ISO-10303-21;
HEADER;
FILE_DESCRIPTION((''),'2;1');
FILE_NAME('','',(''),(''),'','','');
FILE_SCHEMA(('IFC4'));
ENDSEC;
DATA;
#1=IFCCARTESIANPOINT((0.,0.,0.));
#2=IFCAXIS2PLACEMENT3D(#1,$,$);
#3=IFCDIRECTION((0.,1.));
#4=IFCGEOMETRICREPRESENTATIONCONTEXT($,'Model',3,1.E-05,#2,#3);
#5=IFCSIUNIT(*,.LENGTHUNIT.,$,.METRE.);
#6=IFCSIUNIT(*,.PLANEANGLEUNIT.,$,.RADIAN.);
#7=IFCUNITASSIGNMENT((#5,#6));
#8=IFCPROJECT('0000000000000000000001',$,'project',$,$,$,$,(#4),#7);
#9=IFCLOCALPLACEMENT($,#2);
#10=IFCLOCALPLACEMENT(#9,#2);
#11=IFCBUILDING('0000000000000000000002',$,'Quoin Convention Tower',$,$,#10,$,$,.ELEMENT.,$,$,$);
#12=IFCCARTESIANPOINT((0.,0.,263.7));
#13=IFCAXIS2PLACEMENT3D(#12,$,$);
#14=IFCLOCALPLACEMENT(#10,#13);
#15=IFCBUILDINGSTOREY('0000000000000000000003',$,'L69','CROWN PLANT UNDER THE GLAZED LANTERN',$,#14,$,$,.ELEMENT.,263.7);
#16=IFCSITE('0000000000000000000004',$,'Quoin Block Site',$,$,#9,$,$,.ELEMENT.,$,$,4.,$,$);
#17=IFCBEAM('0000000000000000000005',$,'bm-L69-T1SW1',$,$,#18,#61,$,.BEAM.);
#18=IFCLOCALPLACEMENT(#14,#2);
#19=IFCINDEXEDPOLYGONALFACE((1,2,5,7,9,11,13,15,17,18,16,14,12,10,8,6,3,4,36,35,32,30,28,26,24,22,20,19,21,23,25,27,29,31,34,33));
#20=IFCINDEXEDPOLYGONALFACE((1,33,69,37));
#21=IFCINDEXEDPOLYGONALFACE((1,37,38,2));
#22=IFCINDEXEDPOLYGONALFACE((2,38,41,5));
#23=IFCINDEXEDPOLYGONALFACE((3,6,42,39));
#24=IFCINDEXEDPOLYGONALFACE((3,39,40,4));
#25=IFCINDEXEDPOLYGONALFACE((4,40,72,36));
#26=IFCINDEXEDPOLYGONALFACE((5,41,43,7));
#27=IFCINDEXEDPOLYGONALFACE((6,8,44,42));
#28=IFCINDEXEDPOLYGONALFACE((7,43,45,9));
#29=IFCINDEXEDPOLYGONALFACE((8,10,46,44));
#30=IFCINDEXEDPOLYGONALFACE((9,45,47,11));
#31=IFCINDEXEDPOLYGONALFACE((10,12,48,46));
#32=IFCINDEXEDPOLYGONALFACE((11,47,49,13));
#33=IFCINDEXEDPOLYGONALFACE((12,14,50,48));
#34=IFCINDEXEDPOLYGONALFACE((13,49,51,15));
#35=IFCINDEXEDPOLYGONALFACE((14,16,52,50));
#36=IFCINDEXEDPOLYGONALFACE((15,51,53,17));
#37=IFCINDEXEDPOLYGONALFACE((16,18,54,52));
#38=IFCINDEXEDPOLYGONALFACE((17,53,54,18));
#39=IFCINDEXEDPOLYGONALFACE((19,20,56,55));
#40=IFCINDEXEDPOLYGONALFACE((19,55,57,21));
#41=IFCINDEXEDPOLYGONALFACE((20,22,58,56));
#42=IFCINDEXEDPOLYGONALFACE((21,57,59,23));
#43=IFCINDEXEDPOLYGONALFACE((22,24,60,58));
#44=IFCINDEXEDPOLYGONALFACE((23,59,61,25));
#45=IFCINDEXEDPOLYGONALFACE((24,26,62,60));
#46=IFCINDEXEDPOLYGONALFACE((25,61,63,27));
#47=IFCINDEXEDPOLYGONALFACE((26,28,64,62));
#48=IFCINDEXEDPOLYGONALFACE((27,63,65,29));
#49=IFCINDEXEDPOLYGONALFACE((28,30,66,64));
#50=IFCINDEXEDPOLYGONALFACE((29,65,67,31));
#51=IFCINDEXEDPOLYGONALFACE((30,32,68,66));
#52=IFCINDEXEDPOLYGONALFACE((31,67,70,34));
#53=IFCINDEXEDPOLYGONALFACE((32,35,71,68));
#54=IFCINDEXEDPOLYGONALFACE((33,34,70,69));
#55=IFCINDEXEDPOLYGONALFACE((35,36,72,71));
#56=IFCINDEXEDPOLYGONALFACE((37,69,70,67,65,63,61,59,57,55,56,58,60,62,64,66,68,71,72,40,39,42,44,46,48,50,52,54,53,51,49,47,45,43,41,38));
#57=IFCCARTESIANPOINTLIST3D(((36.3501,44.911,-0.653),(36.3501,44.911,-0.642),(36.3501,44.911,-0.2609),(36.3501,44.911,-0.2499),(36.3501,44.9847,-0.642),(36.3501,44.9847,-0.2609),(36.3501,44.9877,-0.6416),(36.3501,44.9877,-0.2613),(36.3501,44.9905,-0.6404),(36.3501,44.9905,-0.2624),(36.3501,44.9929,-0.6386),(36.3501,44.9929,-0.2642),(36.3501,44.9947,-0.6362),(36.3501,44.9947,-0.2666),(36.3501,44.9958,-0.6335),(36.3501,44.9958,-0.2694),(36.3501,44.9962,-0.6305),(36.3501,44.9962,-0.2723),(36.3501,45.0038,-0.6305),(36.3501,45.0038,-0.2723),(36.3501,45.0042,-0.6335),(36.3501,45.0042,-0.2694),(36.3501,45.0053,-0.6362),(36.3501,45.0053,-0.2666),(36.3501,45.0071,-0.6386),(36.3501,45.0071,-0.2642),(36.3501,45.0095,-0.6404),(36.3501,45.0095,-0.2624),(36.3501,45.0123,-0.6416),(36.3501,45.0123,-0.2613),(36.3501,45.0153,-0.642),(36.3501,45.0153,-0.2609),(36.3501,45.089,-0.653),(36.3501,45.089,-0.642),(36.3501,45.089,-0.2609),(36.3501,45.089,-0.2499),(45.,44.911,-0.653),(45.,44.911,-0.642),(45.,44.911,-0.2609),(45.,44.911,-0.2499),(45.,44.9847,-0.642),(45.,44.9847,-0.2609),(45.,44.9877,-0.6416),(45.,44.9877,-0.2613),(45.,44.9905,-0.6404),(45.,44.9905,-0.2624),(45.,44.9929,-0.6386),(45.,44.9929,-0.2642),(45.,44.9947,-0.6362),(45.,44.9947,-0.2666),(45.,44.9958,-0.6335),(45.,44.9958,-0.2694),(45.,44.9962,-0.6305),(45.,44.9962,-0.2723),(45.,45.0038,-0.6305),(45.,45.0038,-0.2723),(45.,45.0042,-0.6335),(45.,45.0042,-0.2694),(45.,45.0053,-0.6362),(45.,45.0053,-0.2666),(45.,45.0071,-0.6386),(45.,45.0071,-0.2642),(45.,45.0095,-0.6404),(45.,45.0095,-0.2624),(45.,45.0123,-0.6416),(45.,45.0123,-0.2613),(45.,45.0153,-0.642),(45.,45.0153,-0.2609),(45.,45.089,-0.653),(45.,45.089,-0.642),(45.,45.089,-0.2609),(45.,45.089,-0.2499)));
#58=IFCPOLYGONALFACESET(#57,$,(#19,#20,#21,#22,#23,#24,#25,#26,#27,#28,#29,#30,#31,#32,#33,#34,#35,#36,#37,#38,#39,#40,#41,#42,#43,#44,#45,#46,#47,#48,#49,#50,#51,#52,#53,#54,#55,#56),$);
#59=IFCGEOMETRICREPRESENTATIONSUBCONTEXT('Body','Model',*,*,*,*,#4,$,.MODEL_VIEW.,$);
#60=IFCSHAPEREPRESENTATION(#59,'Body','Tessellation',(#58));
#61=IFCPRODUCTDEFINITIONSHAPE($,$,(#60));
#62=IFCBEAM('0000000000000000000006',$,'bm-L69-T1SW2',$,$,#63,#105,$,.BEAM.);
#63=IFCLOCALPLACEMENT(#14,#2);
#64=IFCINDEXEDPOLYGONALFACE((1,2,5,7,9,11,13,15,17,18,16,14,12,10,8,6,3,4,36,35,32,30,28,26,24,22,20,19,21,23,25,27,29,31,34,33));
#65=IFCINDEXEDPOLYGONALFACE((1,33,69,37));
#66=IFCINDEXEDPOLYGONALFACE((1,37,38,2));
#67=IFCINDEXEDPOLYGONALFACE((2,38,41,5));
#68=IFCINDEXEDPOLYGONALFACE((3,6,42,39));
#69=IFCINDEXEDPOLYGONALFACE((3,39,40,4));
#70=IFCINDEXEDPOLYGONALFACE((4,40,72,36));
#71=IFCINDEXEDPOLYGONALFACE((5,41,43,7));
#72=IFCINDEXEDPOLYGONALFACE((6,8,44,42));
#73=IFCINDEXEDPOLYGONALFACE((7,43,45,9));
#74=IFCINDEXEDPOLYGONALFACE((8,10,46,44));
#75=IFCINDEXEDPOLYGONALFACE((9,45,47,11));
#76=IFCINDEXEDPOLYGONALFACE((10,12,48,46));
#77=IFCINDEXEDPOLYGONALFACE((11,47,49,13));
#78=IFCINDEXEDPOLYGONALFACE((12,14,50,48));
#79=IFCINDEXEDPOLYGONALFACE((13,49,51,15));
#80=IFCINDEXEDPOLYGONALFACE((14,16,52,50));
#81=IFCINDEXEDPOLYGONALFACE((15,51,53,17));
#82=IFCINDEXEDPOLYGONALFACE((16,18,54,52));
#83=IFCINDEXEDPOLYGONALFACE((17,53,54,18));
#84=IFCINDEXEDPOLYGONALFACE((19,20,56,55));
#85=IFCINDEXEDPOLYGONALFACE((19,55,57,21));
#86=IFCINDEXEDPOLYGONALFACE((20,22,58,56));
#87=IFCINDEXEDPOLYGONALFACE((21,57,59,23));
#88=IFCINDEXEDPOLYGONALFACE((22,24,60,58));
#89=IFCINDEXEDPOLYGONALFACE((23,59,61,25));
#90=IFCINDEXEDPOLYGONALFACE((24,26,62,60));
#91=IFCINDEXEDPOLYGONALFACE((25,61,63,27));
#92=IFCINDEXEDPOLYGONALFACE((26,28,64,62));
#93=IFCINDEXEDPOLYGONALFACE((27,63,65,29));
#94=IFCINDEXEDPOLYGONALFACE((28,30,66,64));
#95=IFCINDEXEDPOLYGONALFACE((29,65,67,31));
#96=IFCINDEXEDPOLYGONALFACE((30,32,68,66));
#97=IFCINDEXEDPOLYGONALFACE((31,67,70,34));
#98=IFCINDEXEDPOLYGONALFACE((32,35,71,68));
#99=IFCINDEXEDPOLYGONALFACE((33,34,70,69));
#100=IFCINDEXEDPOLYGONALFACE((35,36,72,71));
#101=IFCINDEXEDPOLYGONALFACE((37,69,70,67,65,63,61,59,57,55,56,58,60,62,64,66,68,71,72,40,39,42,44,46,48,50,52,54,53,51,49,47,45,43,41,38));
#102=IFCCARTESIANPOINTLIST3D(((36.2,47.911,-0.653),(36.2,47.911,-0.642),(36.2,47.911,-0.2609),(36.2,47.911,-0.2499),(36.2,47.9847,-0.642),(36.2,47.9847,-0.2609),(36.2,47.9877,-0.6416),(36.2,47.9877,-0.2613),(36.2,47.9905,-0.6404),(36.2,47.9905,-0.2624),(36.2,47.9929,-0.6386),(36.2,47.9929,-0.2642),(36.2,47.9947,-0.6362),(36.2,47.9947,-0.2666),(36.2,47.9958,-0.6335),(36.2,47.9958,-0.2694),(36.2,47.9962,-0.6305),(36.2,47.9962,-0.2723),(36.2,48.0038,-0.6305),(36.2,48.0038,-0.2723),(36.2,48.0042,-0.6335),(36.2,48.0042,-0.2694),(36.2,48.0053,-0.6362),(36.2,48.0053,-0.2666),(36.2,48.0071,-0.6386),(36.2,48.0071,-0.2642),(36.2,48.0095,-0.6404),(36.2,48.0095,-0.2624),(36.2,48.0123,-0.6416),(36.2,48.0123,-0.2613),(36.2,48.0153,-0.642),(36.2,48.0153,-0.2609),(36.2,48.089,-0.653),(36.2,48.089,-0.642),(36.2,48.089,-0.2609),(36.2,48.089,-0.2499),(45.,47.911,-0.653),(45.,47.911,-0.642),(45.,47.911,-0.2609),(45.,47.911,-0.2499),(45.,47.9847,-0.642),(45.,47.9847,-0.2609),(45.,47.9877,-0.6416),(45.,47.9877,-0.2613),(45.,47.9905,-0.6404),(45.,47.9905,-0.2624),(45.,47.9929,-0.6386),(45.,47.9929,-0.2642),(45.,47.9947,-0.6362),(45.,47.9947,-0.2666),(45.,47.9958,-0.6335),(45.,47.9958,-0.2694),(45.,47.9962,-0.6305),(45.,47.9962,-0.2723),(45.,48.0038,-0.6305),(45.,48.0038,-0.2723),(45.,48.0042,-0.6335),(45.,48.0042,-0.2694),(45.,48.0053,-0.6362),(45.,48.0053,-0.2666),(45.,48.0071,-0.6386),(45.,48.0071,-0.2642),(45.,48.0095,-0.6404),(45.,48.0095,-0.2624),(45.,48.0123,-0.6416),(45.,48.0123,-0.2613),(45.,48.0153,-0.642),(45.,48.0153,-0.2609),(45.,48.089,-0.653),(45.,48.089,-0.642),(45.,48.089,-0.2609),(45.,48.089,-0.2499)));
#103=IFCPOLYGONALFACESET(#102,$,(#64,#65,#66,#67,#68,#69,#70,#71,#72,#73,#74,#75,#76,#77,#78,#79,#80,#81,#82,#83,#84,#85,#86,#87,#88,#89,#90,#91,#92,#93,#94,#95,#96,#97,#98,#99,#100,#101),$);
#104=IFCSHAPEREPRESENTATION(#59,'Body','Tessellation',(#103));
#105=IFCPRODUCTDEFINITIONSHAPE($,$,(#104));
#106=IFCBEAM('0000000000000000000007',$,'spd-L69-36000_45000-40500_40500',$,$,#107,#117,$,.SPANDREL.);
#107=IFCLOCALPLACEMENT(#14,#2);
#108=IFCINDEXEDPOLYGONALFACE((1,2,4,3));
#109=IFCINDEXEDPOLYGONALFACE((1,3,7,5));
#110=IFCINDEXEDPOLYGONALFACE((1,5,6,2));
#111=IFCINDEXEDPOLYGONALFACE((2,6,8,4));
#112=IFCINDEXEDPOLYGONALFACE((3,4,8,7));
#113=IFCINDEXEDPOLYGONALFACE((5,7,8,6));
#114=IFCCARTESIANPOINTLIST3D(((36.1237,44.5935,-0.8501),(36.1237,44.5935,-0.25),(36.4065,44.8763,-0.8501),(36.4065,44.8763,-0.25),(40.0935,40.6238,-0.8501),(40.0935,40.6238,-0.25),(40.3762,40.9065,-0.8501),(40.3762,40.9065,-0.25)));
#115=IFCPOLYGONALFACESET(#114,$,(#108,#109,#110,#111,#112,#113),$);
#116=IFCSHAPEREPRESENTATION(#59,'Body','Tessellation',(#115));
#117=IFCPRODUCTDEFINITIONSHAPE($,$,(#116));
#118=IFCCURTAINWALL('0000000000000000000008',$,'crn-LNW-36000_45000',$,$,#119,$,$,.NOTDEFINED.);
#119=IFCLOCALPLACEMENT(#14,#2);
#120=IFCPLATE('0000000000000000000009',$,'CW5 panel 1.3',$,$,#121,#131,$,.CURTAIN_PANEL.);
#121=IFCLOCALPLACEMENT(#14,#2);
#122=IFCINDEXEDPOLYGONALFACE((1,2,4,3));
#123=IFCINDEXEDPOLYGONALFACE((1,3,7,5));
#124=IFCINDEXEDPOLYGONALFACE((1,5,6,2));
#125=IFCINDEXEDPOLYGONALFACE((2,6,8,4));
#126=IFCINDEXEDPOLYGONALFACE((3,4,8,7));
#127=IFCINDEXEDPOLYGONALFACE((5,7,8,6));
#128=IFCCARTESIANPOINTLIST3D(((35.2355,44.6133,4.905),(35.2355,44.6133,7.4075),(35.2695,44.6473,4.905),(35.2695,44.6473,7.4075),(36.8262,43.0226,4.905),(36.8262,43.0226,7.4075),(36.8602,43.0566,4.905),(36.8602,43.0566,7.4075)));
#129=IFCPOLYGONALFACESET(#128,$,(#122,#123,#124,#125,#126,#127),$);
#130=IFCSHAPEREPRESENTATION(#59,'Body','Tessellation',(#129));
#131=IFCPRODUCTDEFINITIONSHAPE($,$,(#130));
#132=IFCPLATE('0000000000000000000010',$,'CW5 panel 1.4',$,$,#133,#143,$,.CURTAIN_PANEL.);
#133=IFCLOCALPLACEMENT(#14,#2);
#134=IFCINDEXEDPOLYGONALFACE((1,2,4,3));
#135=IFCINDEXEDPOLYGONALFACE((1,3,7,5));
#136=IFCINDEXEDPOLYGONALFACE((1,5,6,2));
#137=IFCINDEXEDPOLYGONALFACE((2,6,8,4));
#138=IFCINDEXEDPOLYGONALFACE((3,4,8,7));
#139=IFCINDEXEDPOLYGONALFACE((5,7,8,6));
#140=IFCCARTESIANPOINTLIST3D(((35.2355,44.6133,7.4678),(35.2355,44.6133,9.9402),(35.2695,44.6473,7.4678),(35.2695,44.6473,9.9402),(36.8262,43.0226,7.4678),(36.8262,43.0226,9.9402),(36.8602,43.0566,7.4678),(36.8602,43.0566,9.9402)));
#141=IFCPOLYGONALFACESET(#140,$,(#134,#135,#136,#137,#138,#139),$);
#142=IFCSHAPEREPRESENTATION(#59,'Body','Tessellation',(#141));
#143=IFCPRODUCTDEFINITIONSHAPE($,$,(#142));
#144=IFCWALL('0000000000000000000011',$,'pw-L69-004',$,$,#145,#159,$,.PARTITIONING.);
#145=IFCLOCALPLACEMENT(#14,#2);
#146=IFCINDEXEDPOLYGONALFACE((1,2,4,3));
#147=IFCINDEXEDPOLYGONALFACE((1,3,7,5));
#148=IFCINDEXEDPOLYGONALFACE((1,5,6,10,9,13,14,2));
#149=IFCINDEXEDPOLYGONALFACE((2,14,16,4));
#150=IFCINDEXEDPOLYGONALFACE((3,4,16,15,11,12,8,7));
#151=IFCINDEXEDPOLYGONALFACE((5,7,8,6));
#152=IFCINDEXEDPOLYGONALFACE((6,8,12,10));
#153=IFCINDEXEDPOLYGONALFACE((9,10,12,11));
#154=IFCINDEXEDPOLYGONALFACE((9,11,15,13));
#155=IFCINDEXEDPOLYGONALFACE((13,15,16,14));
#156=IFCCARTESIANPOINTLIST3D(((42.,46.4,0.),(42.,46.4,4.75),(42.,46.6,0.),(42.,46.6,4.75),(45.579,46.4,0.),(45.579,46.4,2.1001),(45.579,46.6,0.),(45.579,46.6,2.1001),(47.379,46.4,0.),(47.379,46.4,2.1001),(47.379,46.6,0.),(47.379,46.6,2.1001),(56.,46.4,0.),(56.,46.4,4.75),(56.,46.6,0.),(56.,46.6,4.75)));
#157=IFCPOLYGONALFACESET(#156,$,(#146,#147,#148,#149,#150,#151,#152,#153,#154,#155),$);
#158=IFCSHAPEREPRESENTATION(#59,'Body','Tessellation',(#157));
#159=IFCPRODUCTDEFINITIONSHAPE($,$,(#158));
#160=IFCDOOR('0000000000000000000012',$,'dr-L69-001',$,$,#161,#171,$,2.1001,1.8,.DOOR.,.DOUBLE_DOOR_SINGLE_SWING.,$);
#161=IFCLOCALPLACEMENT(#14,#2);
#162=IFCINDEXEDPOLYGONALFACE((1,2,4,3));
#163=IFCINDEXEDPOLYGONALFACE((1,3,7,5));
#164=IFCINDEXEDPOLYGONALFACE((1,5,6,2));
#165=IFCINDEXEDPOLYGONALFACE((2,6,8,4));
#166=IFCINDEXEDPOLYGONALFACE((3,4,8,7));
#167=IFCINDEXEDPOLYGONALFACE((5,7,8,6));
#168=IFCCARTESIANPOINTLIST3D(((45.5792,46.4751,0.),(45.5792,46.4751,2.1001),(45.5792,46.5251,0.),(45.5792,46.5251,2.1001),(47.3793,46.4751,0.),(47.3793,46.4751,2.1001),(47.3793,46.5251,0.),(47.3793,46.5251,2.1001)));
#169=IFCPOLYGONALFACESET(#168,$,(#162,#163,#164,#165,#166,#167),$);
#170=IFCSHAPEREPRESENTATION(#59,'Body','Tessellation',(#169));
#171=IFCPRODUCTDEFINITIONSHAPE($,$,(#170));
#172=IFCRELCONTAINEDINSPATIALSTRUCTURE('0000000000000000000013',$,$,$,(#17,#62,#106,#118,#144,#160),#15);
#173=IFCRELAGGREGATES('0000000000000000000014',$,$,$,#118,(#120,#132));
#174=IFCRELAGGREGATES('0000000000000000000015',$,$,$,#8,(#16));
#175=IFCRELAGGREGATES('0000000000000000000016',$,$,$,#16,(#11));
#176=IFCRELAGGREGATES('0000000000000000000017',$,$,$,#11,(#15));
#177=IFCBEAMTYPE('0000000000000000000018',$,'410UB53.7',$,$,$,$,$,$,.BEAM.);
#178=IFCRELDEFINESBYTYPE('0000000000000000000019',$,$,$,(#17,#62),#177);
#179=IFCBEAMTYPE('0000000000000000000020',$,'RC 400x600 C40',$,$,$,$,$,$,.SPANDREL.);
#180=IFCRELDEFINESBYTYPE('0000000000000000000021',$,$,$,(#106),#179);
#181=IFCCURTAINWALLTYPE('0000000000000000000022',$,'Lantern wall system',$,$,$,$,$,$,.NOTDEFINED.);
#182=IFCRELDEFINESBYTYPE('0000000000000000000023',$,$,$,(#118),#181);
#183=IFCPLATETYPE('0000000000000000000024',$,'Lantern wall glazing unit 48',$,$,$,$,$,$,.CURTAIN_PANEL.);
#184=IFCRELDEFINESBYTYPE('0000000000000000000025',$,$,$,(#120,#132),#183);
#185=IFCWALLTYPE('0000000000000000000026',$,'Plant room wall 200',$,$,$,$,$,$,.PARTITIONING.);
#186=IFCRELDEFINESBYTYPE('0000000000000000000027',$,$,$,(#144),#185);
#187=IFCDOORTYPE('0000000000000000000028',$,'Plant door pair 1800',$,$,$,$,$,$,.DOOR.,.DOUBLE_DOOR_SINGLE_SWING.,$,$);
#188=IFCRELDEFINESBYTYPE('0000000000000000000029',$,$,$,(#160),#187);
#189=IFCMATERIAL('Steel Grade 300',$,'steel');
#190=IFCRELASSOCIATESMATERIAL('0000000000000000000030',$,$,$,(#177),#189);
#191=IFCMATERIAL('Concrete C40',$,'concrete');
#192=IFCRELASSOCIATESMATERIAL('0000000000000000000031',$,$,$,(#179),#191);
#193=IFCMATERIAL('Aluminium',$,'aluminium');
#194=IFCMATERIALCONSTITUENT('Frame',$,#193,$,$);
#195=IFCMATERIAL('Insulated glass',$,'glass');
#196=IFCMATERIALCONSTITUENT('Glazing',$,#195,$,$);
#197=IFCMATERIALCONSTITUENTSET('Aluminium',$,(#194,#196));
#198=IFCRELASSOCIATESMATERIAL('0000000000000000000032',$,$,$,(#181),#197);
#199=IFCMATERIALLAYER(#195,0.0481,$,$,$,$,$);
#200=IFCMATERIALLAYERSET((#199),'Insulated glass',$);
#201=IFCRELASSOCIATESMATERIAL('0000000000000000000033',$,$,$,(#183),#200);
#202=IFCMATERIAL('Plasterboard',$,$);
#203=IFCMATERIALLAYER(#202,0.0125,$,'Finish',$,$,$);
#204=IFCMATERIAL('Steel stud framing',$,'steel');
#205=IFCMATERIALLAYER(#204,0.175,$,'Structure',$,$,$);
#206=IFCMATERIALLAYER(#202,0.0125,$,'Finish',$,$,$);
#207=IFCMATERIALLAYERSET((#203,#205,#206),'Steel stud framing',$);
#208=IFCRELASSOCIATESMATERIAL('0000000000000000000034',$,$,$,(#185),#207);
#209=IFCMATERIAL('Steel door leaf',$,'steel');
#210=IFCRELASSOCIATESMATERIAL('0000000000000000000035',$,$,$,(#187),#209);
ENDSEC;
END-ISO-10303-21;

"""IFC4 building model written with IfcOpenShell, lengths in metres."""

from ifc_helpers import new_model, si_unit, direction, frame, frame_2d, origin, origin_2d, place, context, subcontext, project, spatial, rectangle, i_section, extrude, material, layer, layer_set, constituent, constituent_set, material_profile, profile_set, type_object, element, fill, aggregate, save


model = new_model("IFC4")

# Units and contexts
model_context = context("Model", 3, precision=1e-05, world=origin(), true_north=direction((0.0, 1.0)))
body_context = subcontext(model_context, "Body", "Model", "MODEL_VIEW")
ifc_project = project(units=[si_unit("LENGTHUNIT", "METRE"), si_unit("PLANEANGLEUNIT", "RADIAN")], contexts=[model_context])

# Site, building, storey
site_placement = place(None, origin())
site = spatial("IfcSite", under=ifc_project, at=site_placement, Name="Quoin Block Site", CompositionType="ELEMENT", RefElevation=4.0)
building_placement = place(site_placement, origin())
building = spatial("IfcBuilding", under=site, at=building_placement, Name="Quoin Convention Tower", CompositionType="ELEMENT")
storey_placement = place(building_placement, frame((0.0, 0.0, 263.7)))
storey = spatial("IfcBuildingStorey", under=building, at=storey_placement, Name="L69", Description="CROWN PLANT UNDER THE GLAZED LANTERN", CompositionType="ELEMENT", Elevation=263.7)

# Beams
ifc_material_1 = material(Name="Steel Grade 300", Category="steel")
ifc_material_profile_1 = material_profile(ifc_material_1, i_section(OverallWidth=0.178, OverallDepth=0.4031, WebThickness=0.0076, FlangeThickness=0.011, FilletRadius=0.0115, at=origin_2d()), Name="410UB53.7")
ifc_profile_set_1 = profile_set([ifc_material_profile_1], Name="Steel Grade 300")
beam_type_1 = type_object("IfcBeamType", Name="410UB53.7", PredefinedType="BEAM", material=ifc_profile_set_1)
beam_1_placement = place(storey_placement, frame((36.3501, 45.0, -0.4514), z_axis=(1.0, 0.0, 0.0), x_axis=(0.0, 1.0, 0.0)))
element("IfcBeam", 1, at=beam_1_placement, inside=storey, type_object=beam_type_1, Name="bm-L69-T1SW1", PredefinedType="BEAM", context=body_context, shape_type="SweptSolid", body=[
    extrude(i_section(OverallWidth=0.178, OverallDepth=0.4031, WebThickness=0.0076, FlangeThickness=0.011, FilletRadius=0.0115, at=origin_2d()), origin(), (0.0, 0.0, 1.0), 8.6499),
])
beam_2_placement = place(storey_placement, frame((36.2, 48.0, -0.4514), z_axis=(1.0, 0.0, 0.0), x_axis=(0.0, 1.0, 0.0)))
element("IfcBeam", 2, at=beam_2_placement, inside=storey, type_object=beam_type_1, Name="bm-L69-T1SW2", PredefinedType="BEAM", context=body_context, shape_type="SweptSolid", body=[
    extrude(i_section(OverallWidth=0.178, OverallDepth=0.4031, WebThickness=0.0076, FlangeThickness=0.011, FilletRadius=0.0115, at=origin_2d()), origin(), (0.0, 0.0, 1.0), 8.8),
])
ifc_material_2 = material(Name="Concrete C40", Category="concrete")
ifc_material_profile_2 = material_profile(ifc_material_2, rectangle(XDim=0.3999, YDim=0.6001, at=origin_2d()), Name="RC 400x600")
ifc_profile_set_2 = profile_set([ifc_material_profile_2], Name="Concrete C40")
beam_type_2 = type_object("IfcBeamType", Name="RC 400x600 C40", PredefinedType="SPANDREL", material=ifc_profile_set_2)
beam_3_placement = place(storey_placement, frame((36.2651, 44.7349, -0.55), z_axis=(0.707107, -0.707107, 0.0), x_axis=(0.707107, 0.707107, 0.0)))
element("IfcBeam", 3, at=beam_3_placement, inside=storey, type_object=beam_type_2, Name="spd-L69-36000_45000-40500_40500", PredefinedType="SPANDREL", context=body_context, shape_type="SweptSolid", body=[
    extrude(rectangle(XDim=0.3999, YDim=0.6001, at=origin_2d()), origin(), (0.0, 0.0, 1.0), 5.614),
])

# Curtain wall, plates
ifc_material_3 = material(Name="Aluminium", Category="aluminium")
ifc_constituent_1 = constituent(ifc_material_3, Name="Frame")
ifc_material_4 = material(Name="Insulated glass", Category="glass")
ifc_constituent_2 = constituent(ifc_material_4, Name="Glazing")
ifc_constituent_set = constituent_set(constituents=[ifc_constituent_1, ifc_constituent_2], Name="Aluminium")
curtain_wall_type = type_object("IfcCurtainWallType", Name="Lantern wall system", PredefinedType="NOTDEFINED", material=ifc_constituent_set)
curtain_wall_placement = place(storey_placement, origin())
curtain_wall = element("IfcCurtainWall", 4, at=curtain_wall_placement, inside=storey, type_object=curtain_wall_type, Name="crn-LNW-36000_45000", PredefinedType="NOTDEFINED")
ifc_layer_1 = layer(ifc_material_4, 0.0481)
ifc_layer_set_1 = layer_set([ifc_layer_1], Name="Insulated glass")
plate_type = type_object("IfcPlateType", Name="Lantern wall glazing unit 48", PredefinedType="CURTAIN_PANEL", material=ifc_layer_set_1)
plate_1_placement = place(storey_placement, frame((36.0479, 43.835, 4.905), z_axis=(0.0, 0.0, 1.0), x_axis=(0.707107, -0.707107, 0.0)))
plate_1 = element("IfcPlate", 5, at=plate_1_placement, type_object=plate_type, Name="CW5 panel 1.3", PredefinedType="CURTAIN_PANEL", context=body_context, shape_type="SweptSolid", body=[
    extrude(rectangle(XDim=2.2495, YDim=0.0481, at=origin_2d()), origin(), (0.0, 0.0, 1.0), 2.5024),
])
plate_2_placement = place(storey_placement, frame((36.0479, 43.835, 7.4678), z_axis=(0.0, 0.0, 1.0), x_axis=(0.707107, -0.707107, 0.0)))
plate_2 = element("IfcPlate", 6, at=plate_2_placement, type_object=plate_type, Name="CW5 panel 1.4", PredefinedType="CURTAIN_PANEL", context=body_context, shape_type="SweptSolid", body=[
    extrude(rectangle(XDim=2.2495, YDim=0.0481, at=origin_2d()), origin(), (0.0, 0.0, 1.0), 2.4724),
])
aggregate(curtain_wall, [plate_1, plate_2])

# Wall, opening, door
ifc_material_5 = material(Name="Plasterboard")
ifc_layer_2 = layer(ifc_material_5, 0.0125, Name="Finish")
ifc_material_6 = material(Name="Steel stud framing", Category="steel")
ifc_layer_3 = layer(ifc_material_6, 0.175, Name="Structure")
ifc_layer_4 = layer(ifc_material_5, 0.0125, Name="Finish")
ifc_layer_set_2 = layer_set([ifc_layer_2, ifc_layer_3, ifc_layer_4], Name="Steel stud framing")
wall_type = type_object("IfcWallType", Name="Plant room wall 200", PredefinedType="PARTITIONING", material=ifc_layer_set_2)
wall_1_placement = place(storey_placement, frame((42.0, 46.5, 0.0), z_axis=(0.0, 0.0, 1.0), x_axis=(1.0, 0.0, 0.0)))
wall_1 = element("IfcWall", 7, at=wall_1_placement, inside=storey, type_object=wall_type, Name="pw-L69-004", PredefinedType="PARTITIONING", context=body_context, shape_type="SweptSolid", body=[
    extrude(rectangle(XDim=14.0, YDim=0.2, at=frame_2d((7.0, 0.0))), origin(), (0.0, 0.0, 1.0), 4.75),
])
opening_1_placement = place(wall_1_placement, frame((3.5791, 0.0, 0.0)))
opening_1 = element("IfcOpeningElement", 8, at=opening_1_placement, cuts=wall_1, PredefinedType="OPENING", context=body_context, shape_type="SweptSolid", body=[
    extrude(rectangle(XDim=1.8, YDim=2.1001, at=frame_2d((0.8999, 1.05))), frame((0.0, 0.1099, 0.0), z_axis=(0.0, -1.0, 0.0), x_axis=(1.0, 0.0, 0.0)), (0.0, 0.0, 1.0), 0.22),
])
ifc_material_7 = material(Name="Steel door leaf", Category="steel")
door_type_1 = type_object("IfcDoorType", Name="Plant door pair 1800", OperationType="DOUBLE_DOOR_SINGLE_SWING", PredefinedType="DOOR", material=ifc_material_7)
door_1_placement = place(opening_1_placement, frame((1.8, 0.0, 0.0), z_axis=(0.0, 0.0, 1.0), x_axis=(-1.0, 0.0, 0.0)))
door_1 = element("IfcDoor", 9, at=door_1_placement, inside=storey, type_object=door_type_1, Name="dr-L69-001", OperationType="DOUBLE_DOOR_SINGLE_SWING", OverallHeight=2.1001, OverallWidth=1.8, PredefinedType="DOOR", context=body_context, shape_type="SweptSolid", body=[
    extrude(rectangle(XDim=1.8, YDim=2.1001, at=frame_2d((0.8999, 1.05))), frame((0.0, 0.0249, 0.0), z_axis=(0.0, -1.0, 0.0), x_axis=(1.0, 0.0, 0.0)), (0.0, 0.0, 1.0), 0.05),
])
fill(opening_1, door_1)

save(model, "model.ifc")
